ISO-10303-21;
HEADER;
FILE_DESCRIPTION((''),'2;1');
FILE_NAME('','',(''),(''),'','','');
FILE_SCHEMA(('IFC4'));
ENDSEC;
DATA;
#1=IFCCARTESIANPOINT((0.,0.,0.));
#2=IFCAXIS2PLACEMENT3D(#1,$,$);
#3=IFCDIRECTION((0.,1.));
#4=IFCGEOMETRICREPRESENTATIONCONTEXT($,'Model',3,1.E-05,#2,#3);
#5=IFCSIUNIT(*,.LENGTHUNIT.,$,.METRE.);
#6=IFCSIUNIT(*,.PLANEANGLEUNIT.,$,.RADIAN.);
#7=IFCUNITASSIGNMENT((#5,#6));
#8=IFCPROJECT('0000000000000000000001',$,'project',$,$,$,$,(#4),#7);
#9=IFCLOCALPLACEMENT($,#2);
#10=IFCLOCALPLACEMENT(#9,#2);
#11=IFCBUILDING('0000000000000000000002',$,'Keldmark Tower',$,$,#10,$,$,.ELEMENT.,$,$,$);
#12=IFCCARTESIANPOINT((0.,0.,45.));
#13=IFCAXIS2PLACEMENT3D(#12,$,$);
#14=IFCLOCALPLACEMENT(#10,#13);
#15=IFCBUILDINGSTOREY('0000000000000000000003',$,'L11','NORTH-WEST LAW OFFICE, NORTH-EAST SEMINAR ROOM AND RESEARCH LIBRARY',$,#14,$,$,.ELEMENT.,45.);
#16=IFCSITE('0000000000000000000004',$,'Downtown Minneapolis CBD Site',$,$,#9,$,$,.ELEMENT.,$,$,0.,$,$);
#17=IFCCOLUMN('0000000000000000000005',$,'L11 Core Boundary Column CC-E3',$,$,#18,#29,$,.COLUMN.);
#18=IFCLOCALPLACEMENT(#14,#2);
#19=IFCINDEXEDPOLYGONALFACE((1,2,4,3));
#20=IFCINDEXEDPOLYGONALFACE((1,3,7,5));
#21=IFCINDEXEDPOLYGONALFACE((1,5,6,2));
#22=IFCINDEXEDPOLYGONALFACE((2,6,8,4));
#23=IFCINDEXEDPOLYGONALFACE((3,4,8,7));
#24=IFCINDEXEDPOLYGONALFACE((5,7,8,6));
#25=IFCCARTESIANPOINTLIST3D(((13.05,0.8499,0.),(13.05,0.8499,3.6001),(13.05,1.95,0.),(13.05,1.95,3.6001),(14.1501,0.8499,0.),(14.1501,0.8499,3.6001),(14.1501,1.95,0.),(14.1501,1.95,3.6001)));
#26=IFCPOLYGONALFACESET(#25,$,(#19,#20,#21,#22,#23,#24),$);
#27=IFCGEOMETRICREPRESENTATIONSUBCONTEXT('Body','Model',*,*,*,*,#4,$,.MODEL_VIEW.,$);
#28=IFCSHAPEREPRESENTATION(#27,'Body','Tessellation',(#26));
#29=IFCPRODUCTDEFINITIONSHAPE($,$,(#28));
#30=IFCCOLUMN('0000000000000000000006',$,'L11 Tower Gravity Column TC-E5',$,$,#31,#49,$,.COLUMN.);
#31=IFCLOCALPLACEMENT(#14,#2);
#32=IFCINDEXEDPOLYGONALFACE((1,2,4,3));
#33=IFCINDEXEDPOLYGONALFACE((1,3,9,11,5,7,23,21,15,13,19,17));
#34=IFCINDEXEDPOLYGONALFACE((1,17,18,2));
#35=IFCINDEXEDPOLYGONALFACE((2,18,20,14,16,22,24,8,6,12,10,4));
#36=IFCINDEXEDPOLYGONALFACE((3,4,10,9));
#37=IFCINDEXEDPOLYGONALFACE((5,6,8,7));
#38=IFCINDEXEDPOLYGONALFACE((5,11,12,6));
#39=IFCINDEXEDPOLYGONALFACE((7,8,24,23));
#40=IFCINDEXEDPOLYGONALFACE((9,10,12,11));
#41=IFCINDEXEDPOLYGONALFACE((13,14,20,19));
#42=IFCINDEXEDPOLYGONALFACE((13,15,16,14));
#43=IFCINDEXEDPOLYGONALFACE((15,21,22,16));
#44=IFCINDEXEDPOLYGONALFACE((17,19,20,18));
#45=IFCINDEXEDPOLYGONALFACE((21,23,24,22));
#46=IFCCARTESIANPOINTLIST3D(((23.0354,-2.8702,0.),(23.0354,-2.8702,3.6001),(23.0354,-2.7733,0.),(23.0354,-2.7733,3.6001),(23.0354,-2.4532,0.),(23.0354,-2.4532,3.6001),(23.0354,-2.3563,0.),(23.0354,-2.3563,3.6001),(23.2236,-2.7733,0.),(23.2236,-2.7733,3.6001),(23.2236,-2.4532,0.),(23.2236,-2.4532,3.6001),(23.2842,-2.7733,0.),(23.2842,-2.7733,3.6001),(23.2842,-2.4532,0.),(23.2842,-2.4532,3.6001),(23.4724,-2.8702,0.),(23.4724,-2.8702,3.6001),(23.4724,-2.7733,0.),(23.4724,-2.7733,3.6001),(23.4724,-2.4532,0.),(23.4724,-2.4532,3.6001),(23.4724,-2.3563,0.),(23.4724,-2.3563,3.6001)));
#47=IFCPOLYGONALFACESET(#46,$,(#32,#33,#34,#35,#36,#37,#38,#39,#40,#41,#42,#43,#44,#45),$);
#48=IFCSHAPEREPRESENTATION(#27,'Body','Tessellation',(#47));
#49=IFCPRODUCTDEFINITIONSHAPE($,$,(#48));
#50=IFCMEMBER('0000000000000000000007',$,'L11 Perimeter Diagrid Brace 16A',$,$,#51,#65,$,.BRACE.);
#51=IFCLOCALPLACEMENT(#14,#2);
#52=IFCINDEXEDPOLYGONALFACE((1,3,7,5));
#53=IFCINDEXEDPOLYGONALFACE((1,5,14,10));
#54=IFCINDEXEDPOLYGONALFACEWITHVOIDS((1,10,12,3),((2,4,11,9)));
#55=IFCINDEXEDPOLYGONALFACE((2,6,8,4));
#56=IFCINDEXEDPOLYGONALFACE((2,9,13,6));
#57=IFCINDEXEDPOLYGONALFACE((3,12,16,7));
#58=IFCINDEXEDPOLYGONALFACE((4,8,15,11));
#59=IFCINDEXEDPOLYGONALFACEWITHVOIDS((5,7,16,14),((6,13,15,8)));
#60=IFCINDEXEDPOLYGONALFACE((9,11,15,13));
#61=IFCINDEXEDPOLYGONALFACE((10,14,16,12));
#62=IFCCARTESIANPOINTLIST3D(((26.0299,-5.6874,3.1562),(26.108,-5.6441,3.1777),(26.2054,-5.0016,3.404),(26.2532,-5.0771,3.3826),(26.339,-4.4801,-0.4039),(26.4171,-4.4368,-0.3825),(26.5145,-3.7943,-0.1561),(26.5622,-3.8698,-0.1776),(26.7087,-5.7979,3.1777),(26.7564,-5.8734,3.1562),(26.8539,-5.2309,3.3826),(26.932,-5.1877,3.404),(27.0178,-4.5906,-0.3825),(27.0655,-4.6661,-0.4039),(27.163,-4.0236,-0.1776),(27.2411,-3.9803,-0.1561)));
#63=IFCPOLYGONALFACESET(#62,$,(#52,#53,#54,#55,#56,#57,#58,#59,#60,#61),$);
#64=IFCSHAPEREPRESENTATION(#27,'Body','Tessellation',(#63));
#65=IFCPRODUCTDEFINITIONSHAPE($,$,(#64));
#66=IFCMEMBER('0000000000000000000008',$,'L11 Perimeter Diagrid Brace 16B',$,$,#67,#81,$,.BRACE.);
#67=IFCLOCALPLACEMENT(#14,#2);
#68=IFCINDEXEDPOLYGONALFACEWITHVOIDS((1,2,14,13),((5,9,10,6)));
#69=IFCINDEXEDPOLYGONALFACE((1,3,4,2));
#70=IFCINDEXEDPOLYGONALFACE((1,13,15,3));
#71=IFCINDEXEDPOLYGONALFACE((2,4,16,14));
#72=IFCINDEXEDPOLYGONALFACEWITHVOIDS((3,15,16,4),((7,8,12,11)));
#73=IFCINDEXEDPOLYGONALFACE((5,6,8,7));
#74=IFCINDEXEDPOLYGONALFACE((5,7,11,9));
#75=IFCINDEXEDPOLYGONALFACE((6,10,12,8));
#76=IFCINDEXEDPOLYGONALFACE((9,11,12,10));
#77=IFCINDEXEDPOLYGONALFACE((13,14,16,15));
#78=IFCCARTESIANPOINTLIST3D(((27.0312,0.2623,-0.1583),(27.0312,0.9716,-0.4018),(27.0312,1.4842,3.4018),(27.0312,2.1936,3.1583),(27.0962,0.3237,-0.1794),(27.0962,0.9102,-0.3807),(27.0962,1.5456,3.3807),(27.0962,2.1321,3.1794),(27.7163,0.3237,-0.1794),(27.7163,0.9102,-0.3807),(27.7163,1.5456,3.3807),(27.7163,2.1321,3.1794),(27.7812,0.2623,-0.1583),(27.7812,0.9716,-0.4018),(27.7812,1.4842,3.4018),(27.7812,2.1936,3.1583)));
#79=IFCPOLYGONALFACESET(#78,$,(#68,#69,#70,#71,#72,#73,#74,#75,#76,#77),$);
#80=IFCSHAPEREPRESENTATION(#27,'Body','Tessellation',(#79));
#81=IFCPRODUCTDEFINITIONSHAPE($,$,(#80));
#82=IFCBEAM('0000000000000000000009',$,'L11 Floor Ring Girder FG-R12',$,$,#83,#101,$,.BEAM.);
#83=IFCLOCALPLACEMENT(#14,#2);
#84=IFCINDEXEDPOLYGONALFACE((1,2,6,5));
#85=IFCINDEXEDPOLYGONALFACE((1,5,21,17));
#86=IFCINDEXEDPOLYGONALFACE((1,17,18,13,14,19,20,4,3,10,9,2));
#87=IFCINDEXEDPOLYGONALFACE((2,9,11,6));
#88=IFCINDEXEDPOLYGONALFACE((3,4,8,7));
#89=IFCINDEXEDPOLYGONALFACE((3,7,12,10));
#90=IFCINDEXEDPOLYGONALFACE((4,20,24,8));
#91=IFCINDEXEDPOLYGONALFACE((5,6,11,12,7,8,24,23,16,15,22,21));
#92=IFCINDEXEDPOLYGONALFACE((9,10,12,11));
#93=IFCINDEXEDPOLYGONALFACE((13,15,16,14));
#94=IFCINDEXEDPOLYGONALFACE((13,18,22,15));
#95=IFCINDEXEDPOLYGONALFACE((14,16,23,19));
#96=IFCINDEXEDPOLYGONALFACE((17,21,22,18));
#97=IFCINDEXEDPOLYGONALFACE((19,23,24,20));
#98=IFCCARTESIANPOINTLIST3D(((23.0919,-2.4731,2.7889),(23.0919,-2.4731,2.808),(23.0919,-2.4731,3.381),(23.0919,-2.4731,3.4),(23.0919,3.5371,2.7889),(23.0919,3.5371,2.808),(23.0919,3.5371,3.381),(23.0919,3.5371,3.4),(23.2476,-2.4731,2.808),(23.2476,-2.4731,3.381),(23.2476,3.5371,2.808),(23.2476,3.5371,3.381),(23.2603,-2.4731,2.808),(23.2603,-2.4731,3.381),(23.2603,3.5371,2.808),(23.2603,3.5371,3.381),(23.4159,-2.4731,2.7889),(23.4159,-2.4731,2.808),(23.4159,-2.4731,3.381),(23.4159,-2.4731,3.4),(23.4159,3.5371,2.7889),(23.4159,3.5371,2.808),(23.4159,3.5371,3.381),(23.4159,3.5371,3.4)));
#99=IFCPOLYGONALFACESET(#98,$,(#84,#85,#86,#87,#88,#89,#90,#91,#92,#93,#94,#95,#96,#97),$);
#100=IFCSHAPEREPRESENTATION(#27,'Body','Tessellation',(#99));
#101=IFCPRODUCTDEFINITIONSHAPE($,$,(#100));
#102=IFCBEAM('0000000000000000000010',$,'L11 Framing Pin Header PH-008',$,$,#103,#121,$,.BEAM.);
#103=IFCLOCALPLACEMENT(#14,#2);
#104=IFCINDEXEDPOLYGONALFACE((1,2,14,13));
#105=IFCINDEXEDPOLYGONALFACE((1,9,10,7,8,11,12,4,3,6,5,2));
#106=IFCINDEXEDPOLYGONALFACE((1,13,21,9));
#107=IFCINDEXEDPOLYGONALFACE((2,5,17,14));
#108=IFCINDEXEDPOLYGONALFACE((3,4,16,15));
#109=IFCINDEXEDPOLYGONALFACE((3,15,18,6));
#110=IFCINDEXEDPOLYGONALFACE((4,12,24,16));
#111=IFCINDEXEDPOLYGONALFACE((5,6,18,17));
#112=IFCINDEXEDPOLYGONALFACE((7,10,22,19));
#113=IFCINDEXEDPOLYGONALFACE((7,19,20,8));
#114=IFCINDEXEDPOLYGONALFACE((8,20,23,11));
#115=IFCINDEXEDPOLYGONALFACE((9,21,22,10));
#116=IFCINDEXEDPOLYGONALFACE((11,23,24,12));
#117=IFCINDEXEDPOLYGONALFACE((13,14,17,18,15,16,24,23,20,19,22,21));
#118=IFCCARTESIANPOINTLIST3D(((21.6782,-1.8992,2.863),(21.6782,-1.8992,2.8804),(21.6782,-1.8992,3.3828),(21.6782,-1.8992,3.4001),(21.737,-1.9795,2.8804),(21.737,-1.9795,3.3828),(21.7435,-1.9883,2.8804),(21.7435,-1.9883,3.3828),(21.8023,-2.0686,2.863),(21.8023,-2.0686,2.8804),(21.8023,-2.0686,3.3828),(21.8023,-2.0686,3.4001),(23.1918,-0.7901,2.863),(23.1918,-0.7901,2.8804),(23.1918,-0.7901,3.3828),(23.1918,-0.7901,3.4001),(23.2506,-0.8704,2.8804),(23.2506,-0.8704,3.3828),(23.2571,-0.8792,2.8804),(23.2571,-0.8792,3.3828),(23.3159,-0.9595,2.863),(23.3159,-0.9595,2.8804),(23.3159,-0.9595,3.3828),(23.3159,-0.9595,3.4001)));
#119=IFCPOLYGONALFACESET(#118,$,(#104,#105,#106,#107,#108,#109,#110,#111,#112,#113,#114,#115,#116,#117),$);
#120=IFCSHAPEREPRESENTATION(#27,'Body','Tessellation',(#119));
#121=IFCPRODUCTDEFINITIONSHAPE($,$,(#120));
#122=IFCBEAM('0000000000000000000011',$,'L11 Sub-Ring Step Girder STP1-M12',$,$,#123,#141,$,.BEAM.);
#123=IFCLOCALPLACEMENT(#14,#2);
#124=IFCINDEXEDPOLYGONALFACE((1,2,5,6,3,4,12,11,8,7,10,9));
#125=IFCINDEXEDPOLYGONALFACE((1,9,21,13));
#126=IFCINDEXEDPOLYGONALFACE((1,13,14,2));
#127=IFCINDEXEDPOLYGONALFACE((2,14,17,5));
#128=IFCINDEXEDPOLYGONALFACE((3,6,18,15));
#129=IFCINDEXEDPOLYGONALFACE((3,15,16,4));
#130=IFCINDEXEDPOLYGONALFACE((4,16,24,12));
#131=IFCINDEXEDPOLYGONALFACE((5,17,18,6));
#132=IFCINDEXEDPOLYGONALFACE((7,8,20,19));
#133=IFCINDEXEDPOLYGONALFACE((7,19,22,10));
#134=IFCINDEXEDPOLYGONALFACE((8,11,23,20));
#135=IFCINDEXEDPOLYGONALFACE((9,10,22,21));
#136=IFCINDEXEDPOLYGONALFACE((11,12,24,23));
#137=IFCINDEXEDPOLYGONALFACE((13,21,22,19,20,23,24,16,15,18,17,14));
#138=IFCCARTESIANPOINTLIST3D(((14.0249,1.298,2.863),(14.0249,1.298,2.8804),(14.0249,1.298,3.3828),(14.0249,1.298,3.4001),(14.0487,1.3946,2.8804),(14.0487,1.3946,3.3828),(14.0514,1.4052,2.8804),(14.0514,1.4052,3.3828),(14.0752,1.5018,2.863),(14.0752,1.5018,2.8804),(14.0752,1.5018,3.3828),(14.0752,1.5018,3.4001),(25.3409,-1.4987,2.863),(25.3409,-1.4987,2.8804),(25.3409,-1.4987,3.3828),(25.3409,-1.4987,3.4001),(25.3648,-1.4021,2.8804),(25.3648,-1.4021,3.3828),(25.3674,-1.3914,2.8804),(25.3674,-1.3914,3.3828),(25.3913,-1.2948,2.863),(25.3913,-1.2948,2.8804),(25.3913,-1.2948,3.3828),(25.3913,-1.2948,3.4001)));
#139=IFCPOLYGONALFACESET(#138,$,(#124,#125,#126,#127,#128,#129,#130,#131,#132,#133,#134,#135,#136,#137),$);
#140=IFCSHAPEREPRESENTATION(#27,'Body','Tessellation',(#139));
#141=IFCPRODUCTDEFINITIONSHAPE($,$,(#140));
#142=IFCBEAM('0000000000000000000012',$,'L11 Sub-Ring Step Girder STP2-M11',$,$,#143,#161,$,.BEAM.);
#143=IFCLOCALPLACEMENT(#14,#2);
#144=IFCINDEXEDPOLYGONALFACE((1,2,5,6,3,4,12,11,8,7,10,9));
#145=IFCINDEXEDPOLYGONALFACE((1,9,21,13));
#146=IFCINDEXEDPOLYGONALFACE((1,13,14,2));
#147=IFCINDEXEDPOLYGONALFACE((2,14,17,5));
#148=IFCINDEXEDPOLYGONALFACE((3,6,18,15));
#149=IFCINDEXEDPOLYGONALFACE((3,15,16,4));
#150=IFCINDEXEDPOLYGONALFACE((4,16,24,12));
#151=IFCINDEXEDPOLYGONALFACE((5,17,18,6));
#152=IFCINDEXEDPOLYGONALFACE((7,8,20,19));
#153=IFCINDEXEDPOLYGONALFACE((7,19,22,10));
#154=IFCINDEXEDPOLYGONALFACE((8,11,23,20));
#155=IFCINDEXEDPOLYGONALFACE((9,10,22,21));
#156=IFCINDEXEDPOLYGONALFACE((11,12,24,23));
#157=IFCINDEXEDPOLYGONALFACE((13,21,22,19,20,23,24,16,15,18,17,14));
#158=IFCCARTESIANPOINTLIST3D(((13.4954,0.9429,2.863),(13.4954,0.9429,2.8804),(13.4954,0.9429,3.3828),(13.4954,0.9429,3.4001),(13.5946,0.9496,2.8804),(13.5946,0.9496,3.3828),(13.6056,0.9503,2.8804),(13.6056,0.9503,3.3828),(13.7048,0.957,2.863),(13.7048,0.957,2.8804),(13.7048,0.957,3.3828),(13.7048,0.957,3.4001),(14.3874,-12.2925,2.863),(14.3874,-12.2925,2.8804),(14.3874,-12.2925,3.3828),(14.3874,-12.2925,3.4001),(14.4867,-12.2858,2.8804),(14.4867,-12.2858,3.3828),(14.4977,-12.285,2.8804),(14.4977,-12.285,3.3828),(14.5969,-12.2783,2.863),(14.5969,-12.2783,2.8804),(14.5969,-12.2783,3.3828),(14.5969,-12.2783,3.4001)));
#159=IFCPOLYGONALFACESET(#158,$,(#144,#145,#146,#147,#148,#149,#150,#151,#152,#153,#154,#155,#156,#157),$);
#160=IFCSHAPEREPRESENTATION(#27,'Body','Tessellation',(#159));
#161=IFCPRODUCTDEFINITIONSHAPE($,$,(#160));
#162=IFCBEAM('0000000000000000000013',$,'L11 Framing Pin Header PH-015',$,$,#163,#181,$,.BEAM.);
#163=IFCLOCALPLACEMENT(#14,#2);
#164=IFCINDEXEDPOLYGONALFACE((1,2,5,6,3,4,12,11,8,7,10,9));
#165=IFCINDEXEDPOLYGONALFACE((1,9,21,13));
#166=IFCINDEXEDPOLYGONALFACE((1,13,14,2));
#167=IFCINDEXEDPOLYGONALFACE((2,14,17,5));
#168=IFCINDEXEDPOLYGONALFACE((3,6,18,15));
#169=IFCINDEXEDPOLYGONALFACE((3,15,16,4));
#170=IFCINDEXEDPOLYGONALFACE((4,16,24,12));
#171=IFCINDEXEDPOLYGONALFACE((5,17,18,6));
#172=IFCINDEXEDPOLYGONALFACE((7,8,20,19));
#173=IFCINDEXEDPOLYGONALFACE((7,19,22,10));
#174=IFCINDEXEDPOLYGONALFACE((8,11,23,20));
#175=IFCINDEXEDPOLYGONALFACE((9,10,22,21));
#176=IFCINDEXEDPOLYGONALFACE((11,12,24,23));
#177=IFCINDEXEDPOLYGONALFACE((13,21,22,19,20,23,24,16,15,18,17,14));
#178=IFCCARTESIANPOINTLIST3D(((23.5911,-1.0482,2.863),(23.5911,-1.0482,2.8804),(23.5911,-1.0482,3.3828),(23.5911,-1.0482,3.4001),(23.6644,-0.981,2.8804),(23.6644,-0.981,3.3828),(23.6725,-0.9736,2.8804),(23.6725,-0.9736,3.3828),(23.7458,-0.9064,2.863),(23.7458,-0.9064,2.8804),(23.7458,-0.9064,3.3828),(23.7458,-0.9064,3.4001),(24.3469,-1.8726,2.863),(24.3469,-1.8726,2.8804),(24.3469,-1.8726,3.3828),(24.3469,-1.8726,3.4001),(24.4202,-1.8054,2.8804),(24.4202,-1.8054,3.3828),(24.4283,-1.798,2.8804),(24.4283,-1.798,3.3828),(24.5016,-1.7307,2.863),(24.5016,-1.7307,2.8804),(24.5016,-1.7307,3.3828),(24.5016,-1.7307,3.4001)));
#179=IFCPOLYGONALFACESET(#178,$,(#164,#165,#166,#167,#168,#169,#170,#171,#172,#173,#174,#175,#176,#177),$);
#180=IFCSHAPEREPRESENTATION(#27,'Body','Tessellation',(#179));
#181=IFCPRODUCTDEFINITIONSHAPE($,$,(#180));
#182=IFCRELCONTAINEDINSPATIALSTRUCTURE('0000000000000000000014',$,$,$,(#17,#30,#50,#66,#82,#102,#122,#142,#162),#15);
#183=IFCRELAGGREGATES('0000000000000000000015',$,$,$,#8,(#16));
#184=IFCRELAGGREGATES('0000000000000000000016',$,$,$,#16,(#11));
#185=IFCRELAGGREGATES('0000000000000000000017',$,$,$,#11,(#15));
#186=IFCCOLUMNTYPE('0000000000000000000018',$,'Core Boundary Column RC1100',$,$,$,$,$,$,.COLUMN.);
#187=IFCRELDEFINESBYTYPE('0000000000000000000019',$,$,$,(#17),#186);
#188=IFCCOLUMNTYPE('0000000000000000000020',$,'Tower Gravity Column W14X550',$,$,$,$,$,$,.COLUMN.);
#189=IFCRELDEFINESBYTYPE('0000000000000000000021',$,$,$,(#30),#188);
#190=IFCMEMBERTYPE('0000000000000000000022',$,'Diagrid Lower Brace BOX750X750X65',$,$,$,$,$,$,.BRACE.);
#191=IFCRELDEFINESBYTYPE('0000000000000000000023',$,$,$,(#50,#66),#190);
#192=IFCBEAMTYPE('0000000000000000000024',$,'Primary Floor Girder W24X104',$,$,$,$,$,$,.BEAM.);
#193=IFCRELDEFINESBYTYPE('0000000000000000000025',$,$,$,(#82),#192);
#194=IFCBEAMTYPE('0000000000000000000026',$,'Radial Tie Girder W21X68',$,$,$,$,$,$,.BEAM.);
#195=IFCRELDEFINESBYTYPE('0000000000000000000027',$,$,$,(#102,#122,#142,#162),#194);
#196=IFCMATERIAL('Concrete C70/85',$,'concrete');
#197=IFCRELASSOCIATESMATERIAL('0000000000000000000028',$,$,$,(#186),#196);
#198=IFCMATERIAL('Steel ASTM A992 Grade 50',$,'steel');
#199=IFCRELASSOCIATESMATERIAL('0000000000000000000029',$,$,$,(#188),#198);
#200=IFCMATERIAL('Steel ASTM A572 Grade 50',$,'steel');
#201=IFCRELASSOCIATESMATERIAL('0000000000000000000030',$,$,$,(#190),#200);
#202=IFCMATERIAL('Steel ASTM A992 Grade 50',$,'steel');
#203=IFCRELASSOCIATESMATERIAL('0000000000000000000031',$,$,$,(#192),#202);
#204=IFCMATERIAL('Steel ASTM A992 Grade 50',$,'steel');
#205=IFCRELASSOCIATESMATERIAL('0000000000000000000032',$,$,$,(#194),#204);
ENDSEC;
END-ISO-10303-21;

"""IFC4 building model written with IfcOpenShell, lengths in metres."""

from ifc_helpers import new_model, si_unit, direction, frame, origin, origin_2d, place, context, subcontext, project, spatial, rectangle, hollow_rectangle, i_section, extrude, material, material_profile, profile_set, type_object, element, save


model = new_model("IFC4")

# Units and contexts
model_context = context("Model", 3, precision=1e-05, world=origin(), true_north=direction((0.0, 1.0)))
body_context = subcontext(model_context, "Body", "Model", "MODEL_VIEW")
ifc_project = project(units=[si_unit("LENGTHUNIT", "METRE"), si_unit("PLANEANGLEUNIT", "RADIAN")], contexts=[model_context])

# Site, building, storey
site_placement = place(None, origin())
site = spatial("IfcSite", under=ifc_project, at=site_placement, Name="Downtown Minneapolis CBD Site", CompositionType="ELEMENT", RefElevation=0.0)
building_placement = place(site_placement, origin())
building = spatial("IfcBuilding", under=site, at=building_placement, Name="Keldmark Tower", CompositionType="ELEMENT")
storey_placement = place(building_placement, frame((0.0, 0.0, 45.0)))
storey = spatial("IfcBuildingStorey", under=building, at=storey_placement, Name="L11", Description="NORTH-WEST LAW OFFICE, NORTH-EAST SEMINAR ROOM AND RESEARCH LIBRARY", CompositionType="ELEMENT", Elevation=45.0)

# Columns
ifc_material_1 = material(Name="Concrete C70/85", Category="concrete")
ifc_material_profile_1 = material_profile(ifc_material_1, rectangle(XDim=1.1001, YDim=1.1001, at=origin_2d()), Name="RC1100X1100")
ifc_profile_set_1 = profile_set([ifc_material_profile_1], Name="Concrete C70/85")
column_type_1 = type_object("IfcColumnType", Name="Core Boundary Column RC1100", PredefinedType="COLUMN", material=ifc_profile_set_1)
column_1_placement = place(storey_placement, frame((13.6001, 1.3999, 0.0), z_axis=(0.0, 0.0, 1.0), x_axis=(1.0, 0.0, 0.0)))
element("IfcColumn", 1, at=column_1_placement, inside=storey, type_object=column_type_1, Name="L11 Core Boundary Column CC-E3", PredefinedType="COLUMN", context=body_context, shape_type="SweptSolid", body=[
    extrude(rectangle(XDim=1.1001, YDim=1.1001, at=origin_2d()), origin(), (0.0, 0.0, 1.0), 3.6001),
])
ifc_material_2 = material(Name="Steel ASTM A992 Grade 50", Category="steel")
ifc_material_profile_2 = material_profile(ifc_material_2, i_section(OverallWidth=0.437, OverallDepth=0.5139, WebThickness=0.0605, FlangeThickness=0.0969, at=origin_2d()), Name="W14X550")
ifc_profile_set_2 = profile_set([ifc_material_profile_2], Name="Steel ASTM A992 Grade 50")
column_type_2 = type_object("IfcColumnType", Name="Tower Gravity Column W14X550", PredefinedType="COLUMN", material=ifc_profile_set_2)
column_2_placement = place(storey_placement, frame((23.2539, -2.6133, 0.0), z_axis=(0.0, 0.0, 1.0), x_axis=(1.0, 0.0, 0.0)))
element("IfcColumn", 2, at=column_2_placement, inside=storey, type_object=column_type_2, Name="L11 Tower Gravity Column TC-E5", PredefinedType="COLUMN", context=body_context, shape_type="SweptSolid", body=[
    extrude(i_section(OverallWidth=0.437, OverallDepth=0.5139, WebThickness=0.0605, FlangeThickness=0.0969, at=origin_2d()), origin(), (0.0, 0.0, 1.0), 3.6001),
])

# Members
ifc_material_3 = material(Name="Steel ASTM A572 Grade 50", Category="steel")
ifc_material_profile_3 = material_profile(ifc_material_3, hollow_rectangle(XDim=0.75, YDim=0.75, WallThickness=0.0649, at=origin_2d()), Name="BOX750X750X65")
ifc_profile_set_3 = profile_set([ifc_material_profile_3], Name="Steel ASTM A572 Grade 50")
member_type = type_object("IfcMemberType", Name="Diagrid Lower Brace BOX750X750X65", PredefinedType="BRACE", material=ifc_profile_set_3)
member_1_placement = place(storey_placement, frame((26.79, -4.2302, -0.28), z_axis=(-0.081944, -0.320073, 0.943842), x_axis=(0.968756, -0.248017, 0.0)))
element("IfcMember", 3, at=member_1_placement, inside=storey, type_object=member_type, Name="L11 Perimeter Diagrid Brace 16A", PredefinedType="BRACE", context=body_context, shape_type="SweptSolid", body=[
    extrude(hollow_rectangle(XDim=0.75, YDim=0.75, WallThickness=0.0649, at=origin_2d()), origin(), (0.0, 0.0, 1.0), 3.772),
])
member_2_placement = place(storey_placement, frame((27.4062, 0.6169, -0.28), z_axis=(0.0, 0.324641, 0.945837), x_axis=(-1.0, 0.0, 0.0)))
element("IfcMember", 4, at=member_2_placement, inside=storey, type_object=member_type, Name="L11 Perimeter Diagrid Brace 16B", PredefinedType="BRACE", context=body_context, shape_type="SweptSolid", body=[
    extrude(hollow_rectangle(XDim=0.75, YDim=0.75, WallThickness=0.0649, at=origin_2d()), origin(), (0.0, 0.0, 1.0), 3.7639),
])

# Beams
ifc_material_4 = material(Name="Steel ASTM A992 Grade 50", Category="steel")
ifc_material_profile_4 = material_profile(ifc_material_4, i_section(OverallWidth=0.324, OverallDepth=0.6111, WebThickness=0.0127, FlangeThickness=0.019, at=origin_2d()), Name="W24X104")
ifc_profile_set_4 = profile_set([ifc_material_profile_4], Name="Steel ASTM A992 Grade 50")
beam_type_1 = type_object("IfcBeamType", Name="Primary Floor Girder W24X104", PredefinedType="BEAM", material=ifc_profile_set_4)
beam_1_placement = place(storey_placement, frame((23.2539, -2.4731, 3.0945), z_axis=(0.0, 1.0, 0.0), x_axis=(-1.0, 0.0, 0.0)))
element("IfcBeam", 5, at=beam_1_placement, inside=storey, type_object=beam_type_1, Name="L11 Floor Ring Girder FG-R12", PredefinedType="BEAM", context=body_context, shape_type="SweptSolid", body=[
    extrude(i_section(OverallWidth=0.324, OverallDepth=0.6111, WebThickness=0.0127, FlangeThickness=0.019, at=origin_2d()), origin(), (0.0, 0.0, 1.0), 6.0103),
])
ifc_material_5 = material(Name="Steel ASTM A992 Grade 50", Category="steel")
ifc_material_profile_5 = material_profile(ifc_material_5, i_section(OverallWidth=0.21, OverallDepth=0.5371, WebThickness=0.011, FlangeThickness=0.0173, at=origin_2d()), Name="W21X68")
ifc_profile_set_5 = profile_set([ifc_material_profile_5], Name="Steel ASTM A992 Grade 50")
beam_type_2 = type_object("IfcBeamType", Name="Radial Tie Girder W21X68", PredefinedType="BEAM", material=ifc_profile_set_5)
beam_2_placement = place(storey_placement, frame((21.7402, -1.9839, 3.1316), z_axis=(0.806632, 0.591053, 0.0), x_axis=(-0.591053, 0.806632, 0.0)))
element("IfcBeam", 6, at=beam_2_placement, inside=storey, type_object=beam_type_2, Name="L11 Framing Pin Header PH-008", PredefinedType="BEAM", context=body_context, shape_type="SweptSolid", body=[
    extrude(i_section(OverallWidth=0.21, OverallDepth=0.5371, WebThickness=0.011, FlangeThickness=0.0173, at=origin_2d()), origin(), (0.0, 0.0, 1.0), 1.8765),
])
beam_3_placement = place(storey_placement, frame((14.05, 1.3999, 3.1316), z_axis=(0.970792, -0.239923, 0.0), x_axis=(0.239923, 0.970792, 0.0)))
element("IfcBeam", 7, at=beam_3_placement, inside=storey, type_object=beam_type_2, Name="L11 Sub-Ring Step Girder STP1-M12", PredefinedType="BEAM", context=body_context, shape_type="SweptSolid", body=[
    extrude(i_section(OverallWidth=0.21, OverallDepth=0.5371, WebThickness=0.011, FlangeThickness=0.0173, at=origin_2d()), origin(), (0.0, 0.0, 1.0), 11.6565),
])
beam_4_placement = place(storey_placement, frame((13.6001, 0.95, 3.1316), z_axis=(0.067249, -0.997736, 0.0), x_axis=(0.997736, 0.067249, 0.0)))
element("IfcBeam", 8, at=beam_4_placement, inside=storey, type_object=beam_type_2, Name="L11 Sub-Ring Step Girder STP2-M11", PredefinedType="BEAM", context=body_context, shape_type="SweptSolid", body=[
    extrude(i_section(OverallWidth=0.21, OverallDepth=0.5371, WebThickness=0.011, FlangeThickness=0.0173, at=origin_2d()), origin(), (0.0, 0.0, 1.0), 13.2654),
])
beam_5_placement = place(storey_placement, frame((23.6685, -0.9773, 3.1316), z_axis=(0.675774, -0.737109, 0.0), x_axis=(0.737109, 0.675774, 0.0)))
element("IfcBeam", 9, at=beam_5_placement, inside=storey, type_object=beam_type_2, Name="L11 Framing Pin Header PH-015", PredefinedType="BEAM", context=body_context, shape_type="SweptSolid", body=[
    extrude(i_section(OverallWidth=0.21, OverallDepth=0.5371, WebThickness=0.011, FlangeThickness=0.0173, at=origin_2d()), origin(), (0.0, 0.0, 1.0), 1.1184),
])

save(model, "model.ifc")
